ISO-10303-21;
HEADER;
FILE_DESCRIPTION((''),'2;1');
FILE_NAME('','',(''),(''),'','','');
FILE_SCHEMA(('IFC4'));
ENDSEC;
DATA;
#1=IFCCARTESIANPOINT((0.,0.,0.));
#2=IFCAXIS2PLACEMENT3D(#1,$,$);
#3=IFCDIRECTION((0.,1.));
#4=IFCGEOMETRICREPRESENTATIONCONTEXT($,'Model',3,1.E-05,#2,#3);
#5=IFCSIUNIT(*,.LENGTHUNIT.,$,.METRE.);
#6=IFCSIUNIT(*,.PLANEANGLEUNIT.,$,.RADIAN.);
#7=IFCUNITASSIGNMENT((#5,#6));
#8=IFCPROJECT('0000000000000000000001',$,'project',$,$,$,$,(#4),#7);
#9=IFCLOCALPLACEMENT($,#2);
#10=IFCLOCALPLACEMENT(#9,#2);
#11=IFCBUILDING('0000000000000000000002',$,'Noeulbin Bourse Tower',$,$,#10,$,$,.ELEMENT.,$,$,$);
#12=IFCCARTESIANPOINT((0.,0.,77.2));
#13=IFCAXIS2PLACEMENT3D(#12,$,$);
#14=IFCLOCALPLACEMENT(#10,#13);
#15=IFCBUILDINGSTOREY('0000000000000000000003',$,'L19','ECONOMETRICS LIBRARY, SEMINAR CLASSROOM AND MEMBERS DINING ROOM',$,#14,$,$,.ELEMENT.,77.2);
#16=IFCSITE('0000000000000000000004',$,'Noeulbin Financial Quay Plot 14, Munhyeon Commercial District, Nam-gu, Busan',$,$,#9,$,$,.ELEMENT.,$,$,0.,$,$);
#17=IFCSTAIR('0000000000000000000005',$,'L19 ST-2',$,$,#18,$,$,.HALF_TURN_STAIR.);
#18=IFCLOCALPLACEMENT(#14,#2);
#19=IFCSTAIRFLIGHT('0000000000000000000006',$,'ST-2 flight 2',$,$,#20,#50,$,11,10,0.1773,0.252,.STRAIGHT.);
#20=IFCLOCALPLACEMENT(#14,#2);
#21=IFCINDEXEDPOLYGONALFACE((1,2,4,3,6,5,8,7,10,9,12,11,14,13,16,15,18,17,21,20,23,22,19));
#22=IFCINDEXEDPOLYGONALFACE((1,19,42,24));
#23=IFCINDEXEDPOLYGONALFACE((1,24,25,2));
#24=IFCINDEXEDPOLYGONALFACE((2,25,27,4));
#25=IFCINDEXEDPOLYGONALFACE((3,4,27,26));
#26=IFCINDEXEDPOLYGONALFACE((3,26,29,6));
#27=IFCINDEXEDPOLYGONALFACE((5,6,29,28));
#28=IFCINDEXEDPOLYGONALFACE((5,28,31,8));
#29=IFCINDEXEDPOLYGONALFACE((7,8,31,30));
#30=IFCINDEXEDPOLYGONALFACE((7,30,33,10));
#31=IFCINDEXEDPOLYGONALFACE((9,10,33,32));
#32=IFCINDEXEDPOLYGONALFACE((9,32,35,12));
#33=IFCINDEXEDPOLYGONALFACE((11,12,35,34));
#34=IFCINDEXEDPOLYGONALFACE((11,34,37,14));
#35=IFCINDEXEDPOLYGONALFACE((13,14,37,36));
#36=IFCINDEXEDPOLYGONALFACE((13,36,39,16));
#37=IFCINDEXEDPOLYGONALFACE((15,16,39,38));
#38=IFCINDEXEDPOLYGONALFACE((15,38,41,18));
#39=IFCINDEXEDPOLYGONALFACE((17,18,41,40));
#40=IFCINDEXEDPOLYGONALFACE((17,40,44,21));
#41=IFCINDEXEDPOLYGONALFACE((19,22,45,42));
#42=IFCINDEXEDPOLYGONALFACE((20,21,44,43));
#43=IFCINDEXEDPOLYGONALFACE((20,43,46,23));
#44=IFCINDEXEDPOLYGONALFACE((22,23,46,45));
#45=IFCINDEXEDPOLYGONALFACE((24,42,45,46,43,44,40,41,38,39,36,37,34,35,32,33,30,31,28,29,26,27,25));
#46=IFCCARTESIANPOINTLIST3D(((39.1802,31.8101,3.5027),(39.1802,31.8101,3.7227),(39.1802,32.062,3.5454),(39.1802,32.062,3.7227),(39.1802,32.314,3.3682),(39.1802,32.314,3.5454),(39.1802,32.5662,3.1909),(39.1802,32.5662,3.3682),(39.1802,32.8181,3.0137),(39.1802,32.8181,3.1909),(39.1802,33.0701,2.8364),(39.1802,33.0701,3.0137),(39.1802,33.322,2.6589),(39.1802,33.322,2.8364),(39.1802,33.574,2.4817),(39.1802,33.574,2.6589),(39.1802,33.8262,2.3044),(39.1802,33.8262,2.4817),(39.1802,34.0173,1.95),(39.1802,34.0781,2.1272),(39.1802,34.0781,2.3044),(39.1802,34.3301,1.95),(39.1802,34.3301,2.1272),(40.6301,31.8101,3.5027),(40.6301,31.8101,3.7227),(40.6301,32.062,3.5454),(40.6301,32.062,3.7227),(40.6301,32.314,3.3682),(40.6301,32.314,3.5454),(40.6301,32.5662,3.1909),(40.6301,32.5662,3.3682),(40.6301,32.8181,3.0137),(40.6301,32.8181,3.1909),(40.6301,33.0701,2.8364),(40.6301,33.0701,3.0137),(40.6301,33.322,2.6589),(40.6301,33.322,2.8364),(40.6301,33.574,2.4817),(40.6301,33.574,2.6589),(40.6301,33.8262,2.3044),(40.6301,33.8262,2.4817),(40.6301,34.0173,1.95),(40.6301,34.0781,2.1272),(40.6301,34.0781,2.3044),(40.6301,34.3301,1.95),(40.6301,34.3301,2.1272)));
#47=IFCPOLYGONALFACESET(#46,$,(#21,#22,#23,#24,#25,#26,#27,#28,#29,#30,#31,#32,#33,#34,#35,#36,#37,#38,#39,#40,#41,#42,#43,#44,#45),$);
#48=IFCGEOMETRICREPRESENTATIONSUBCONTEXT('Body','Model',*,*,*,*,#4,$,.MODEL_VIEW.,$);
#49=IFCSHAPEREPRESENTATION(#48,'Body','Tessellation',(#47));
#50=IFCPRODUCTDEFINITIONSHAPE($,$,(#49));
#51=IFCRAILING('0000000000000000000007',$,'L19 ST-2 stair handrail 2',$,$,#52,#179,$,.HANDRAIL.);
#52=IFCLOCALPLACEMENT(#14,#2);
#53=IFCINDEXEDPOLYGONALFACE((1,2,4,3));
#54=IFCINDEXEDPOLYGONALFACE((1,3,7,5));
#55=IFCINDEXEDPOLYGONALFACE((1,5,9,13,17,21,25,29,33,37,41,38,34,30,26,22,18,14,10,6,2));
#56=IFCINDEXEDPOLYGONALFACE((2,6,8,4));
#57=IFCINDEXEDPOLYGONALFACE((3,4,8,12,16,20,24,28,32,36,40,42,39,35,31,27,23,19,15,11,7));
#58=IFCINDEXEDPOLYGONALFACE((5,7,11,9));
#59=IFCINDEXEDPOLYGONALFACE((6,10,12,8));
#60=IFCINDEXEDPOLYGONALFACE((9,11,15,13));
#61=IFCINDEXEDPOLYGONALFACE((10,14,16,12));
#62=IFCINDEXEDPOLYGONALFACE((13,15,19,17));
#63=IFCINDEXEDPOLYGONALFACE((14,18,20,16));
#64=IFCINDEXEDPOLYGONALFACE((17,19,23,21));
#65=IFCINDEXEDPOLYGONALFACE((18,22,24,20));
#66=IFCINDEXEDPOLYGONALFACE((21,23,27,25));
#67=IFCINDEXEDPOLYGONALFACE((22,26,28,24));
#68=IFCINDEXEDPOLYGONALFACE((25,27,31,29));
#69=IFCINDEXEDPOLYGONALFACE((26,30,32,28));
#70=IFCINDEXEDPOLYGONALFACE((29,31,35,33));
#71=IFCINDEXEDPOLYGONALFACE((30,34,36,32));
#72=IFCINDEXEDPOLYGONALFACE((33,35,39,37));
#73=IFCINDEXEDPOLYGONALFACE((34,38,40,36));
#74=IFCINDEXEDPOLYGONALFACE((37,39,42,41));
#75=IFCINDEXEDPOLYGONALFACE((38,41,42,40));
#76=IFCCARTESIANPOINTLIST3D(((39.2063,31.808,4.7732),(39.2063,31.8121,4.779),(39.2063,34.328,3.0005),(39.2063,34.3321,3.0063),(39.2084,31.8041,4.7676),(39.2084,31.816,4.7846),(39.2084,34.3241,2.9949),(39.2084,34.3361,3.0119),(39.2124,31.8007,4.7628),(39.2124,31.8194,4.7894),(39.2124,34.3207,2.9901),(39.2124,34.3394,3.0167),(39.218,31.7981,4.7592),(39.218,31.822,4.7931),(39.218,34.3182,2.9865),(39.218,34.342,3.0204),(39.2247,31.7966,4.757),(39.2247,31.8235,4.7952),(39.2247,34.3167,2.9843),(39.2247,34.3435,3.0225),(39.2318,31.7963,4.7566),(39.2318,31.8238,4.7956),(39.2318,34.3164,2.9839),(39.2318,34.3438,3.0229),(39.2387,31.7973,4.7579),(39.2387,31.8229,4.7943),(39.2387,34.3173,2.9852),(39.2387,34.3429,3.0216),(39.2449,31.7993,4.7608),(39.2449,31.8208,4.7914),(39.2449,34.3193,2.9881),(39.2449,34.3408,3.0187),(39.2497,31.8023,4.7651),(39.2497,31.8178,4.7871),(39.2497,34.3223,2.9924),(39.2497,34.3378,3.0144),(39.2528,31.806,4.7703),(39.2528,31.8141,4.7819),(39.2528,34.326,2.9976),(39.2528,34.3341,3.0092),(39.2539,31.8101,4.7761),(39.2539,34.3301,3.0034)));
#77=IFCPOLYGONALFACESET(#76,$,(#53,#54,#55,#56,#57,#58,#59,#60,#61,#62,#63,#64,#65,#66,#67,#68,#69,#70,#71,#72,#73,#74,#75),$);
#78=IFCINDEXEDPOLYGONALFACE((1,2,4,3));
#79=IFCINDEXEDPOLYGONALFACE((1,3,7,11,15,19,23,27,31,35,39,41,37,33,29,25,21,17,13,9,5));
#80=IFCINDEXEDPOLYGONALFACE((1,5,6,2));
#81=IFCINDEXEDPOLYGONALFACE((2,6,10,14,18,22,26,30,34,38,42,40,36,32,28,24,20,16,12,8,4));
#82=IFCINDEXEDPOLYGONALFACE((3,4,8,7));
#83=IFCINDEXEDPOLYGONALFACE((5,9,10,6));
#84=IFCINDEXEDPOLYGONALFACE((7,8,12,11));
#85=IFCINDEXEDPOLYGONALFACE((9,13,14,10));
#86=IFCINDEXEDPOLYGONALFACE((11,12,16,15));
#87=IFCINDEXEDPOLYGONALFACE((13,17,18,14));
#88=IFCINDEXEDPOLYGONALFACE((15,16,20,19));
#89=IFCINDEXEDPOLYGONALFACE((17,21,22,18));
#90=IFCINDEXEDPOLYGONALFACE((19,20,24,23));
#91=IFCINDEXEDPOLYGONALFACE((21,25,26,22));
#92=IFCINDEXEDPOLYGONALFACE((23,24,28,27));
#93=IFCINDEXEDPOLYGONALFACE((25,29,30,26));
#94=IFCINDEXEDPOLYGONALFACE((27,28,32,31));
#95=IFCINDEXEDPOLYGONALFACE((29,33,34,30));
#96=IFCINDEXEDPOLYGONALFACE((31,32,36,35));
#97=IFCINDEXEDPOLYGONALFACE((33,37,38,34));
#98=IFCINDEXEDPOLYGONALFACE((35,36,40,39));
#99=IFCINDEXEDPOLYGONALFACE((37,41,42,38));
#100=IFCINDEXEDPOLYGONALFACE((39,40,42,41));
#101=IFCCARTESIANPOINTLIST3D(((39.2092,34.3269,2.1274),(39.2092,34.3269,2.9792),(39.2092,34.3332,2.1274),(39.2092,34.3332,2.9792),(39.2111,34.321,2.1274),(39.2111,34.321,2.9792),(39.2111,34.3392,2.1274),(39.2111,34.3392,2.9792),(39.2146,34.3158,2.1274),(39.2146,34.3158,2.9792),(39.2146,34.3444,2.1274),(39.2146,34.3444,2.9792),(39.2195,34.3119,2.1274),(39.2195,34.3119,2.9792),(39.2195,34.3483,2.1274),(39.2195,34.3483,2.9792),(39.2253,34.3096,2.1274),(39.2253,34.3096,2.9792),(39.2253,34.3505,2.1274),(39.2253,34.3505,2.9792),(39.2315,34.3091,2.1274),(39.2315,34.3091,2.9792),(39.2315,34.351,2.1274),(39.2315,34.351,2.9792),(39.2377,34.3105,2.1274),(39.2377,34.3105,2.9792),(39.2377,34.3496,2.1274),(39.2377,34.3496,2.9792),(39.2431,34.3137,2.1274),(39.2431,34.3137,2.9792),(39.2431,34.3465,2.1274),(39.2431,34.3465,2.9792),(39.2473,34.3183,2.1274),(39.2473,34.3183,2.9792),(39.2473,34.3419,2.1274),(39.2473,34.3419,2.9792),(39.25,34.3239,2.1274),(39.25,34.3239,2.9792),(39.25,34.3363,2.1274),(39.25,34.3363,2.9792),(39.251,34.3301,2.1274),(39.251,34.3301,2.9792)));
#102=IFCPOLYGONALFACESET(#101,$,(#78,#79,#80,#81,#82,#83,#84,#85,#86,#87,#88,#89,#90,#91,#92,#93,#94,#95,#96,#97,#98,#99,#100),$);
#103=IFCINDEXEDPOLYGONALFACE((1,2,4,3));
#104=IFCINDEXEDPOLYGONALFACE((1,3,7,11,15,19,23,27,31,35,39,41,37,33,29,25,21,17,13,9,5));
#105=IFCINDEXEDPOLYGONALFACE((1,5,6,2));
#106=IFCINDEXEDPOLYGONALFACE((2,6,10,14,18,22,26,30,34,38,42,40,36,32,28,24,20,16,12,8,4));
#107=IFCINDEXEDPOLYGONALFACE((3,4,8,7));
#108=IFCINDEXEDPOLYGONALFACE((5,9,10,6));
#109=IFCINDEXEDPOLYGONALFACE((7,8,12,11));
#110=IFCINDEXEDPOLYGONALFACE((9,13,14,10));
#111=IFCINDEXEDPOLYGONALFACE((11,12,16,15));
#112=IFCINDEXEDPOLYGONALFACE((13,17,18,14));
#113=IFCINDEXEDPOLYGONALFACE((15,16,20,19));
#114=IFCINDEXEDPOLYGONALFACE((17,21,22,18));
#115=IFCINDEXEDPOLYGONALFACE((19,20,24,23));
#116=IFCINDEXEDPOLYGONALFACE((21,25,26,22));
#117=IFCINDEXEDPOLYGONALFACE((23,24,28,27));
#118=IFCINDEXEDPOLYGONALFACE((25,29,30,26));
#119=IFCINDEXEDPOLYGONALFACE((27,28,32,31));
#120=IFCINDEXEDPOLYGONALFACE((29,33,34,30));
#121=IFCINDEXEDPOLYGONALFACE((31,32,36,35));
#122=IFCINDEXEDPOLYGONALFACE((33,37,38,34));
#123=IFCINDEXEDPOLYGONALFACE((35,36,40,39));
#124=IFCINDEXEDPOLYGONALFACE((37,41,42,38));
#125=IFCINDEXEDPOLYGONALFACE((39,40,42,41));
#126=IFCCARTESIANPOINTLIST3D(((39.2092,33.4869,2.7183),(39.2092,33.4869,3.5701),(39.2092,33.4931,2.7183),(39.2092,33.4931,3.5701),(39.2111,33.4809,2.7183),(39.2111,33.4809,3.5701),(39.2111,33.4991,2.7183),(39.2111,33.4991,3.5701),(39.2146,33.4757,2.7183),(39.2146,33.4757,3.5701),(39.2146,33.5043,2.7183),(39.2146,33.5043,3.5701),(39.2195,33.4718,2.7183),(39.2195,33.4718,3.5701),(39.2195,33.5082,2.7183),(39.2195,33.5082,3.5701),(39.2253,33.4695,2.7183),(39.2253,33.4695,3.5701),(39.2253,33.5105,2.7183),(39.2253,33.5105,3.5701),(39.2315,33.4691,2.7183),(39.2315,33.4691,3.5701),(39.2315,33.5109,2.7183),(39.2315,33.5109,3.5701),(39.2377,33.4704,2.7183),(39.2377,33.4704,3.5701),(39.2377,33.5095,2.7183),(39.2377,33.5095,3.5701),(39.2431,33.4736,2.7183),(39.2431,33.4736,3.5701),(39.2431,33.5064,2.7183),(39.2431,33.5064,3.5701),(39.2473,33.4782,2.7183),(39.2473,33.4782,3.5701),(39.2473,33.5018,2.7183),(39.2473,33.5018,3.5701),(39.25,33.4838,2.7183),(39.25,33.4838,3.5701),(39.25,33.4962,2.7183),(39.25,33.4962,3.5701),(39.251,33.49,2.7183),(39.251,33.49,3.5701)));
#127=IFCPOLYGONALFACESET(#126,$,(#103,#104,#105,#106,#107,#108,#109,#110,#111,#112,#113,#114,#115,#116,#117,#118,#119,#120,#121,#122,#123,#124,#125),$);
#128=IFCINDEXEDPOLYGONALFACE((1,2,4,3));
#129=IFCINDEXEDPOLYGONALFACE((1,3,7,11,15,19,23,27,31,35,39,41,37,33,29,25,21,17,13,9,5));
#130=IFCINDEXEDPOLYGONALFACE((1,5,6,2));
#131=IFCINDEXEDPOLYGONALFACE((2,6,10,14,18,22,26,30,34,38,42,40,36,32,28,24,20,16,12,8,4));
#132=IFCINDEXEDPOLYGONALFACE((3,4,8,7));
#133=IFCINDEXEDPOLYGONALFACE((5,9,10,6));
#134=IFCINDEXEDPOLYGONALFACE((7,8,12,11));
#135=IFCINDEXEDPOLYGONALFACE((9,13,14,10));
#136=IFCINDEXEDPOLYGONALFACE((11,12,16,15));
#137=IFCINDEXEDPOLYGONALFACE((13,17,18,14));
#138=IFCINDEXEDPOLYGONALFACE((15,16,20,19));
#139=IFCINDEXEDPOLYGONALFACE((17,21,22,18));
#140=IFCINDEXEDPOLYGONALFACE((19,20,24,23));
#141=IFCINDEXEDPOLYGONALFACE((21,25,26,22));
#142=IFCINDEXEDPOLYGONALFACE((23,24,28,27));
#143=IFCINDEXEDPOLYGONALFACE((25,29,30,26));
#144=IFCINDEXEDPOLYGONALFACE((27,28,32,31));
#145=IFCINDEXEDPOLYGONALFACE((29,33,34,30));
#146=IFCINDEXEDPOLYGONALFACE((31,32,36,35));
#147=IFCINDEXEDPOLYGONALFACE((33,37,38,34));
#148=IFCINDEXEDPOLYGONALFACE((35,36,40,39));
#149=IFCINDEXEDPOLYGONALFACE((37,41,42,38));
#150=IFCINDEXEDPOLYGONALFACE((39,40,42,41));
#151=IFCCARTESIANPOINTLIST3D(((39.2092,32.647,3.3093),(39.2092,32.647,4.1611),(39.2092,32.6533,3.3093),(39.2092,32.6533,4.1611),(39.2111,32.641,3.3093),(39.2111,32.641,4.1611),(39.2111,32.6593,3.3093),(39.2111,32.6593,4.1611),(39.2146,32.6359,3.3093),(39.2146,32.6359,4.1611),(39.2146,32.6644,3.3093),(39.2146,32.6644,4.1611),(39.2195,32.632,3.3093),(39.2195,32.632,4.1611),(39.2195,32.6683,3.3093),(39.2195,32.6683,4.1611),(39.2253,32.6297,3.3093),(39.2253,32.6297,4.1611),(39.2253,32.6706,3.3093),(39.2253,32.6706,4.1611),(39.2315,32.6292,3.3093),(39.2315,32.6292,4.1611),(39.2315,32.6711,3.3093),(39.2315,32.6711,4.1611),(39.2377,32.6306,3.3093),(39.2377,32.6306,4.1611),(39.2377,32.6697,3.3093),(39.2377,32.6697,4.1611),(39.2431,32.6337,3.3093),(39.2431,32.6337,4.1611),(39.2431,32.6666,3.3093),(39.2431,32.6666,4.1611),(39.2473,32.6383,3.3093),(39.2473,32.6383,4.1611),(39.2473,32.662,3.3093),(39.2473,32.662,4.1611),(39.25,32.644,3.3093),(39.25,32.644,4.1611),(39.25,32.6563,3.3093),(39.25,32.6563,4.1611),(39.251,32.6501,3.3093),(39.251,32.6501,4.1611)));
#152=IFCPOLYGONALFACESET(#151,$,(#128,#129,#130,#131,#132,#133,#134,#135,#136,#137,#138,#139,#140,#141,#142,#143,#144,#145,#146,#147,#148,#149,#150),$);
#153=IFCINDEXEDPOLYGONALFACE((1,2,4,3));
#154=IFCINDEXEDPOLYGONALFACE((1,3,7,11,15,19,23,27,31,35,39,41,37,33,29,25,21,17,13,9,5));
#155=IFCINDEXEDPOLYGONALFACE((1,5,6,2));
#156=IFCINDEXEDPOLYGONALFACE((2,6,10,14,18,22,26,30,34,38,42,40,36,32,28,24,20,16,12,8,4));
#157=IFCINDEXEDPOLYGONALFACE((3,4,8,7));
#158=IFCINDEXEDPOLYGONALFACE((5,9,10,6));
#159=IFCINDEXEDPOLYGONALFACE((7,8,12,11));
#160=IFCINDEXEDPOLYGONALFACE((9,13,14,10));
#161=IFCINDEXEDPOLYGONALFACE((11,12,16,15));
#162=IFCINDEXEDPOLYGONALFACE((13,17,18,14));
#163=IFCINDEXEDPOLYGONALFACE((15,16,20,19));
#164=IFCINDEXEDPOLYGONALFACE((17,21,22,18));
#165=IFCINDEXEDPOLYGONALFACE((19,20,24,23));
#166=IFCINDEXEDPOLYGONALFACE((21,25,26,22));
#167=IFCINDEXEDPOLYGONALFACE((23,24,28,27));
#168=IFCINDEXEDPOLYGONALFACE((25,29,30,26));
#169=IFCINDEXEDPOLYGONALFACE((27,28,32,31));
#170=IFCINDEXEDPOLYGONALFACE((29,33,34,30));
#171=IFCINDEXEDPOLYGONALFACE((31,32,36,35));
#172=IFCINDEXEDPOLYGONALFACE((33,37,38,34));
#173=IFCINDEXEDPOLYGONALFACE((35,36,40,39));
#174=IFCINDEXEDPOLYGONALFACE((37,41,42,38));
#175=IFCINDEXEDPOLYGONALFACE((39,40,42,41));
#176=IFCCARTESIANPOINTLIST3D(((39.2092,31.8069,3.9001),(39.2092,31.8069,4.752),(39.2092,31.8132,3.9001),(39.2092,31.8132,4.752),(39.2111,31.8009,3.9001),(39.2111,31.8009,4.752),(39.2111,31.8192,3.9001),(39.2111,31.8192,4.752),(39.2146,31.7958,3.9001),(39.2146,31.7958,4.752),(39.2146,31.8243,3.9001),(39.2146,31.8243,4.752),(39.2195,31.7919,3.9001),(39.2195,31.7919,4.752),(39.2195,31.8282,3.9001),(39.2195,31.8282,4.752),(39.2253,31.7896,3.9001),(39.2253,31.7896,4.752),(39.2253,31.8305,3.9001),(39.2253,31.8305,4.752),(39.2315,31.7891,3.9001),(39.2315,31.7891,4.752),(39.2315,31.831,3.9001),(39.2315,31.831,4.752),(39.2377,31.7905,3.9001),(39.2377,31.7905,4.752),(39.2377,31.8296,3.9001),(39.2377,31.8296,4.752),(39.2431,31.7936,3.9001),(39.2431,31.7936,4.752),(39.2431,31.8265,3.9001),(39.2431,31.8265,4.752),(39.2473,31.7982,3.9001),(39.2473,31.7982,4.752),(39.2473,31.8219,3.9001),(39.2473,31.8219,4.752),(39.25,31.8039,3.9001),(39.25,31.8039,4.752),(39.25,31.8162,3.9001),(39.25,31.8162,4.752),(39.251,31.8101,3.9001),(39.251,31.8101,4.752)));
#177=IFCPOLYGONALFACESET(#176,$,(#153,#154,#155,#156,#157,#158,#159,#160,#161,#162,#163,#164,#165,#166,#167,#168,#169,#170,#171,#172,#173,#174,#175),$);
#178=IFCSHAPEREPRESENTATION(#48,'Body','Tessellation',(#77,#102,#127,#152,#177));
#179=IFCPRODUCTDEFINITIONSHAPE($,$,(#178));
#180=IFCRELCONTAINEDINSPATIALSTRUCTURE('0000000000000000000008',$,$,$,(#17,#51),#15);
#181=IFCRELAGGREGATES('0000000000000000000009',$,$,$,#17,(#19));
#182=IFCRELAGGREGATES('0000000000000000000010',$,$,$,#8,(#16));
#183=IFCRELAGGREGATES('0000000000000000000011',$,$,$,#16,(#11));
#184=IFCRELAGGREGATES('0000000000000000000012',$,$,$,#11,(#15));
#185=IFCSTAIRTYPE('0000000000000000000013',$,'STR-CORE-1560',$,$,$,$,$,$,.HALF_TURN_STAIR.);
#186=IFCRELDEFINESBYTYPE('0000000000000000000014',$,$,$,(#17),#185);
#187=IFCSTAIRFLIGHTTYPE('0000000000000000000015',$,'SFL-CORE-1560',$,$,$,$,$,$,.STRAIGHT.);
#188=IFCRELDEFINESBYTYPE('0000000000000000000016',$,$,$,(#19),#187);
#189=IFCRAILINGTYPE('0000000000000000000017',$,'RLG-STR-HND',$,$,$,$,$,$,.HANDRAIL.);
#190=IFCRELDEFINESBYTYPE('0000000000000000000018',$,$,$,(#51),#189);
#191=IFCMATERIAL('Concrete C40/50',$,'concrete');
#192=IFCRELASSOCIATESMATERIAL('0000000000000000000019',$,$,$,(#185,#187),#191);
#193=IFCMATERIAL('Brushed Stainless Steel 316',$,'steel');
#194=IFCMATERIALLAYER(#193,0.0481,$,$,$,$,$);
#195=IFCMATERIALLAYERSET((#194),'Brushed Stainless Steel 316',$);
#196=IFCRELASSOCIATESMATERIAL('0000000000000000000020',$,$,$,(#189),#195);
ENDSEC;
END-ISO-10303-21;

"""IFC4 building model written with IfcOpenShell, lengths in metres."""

from ifc_helpers import new_model, si_unit, direction, frame, origin, origin_2d, place, context, subcontext, project, spatial, polyline, circle, outline, extrude, material, layer, layer_set, type_object, element, aggregate, save


model = new_model("IFC4")

# Units and contexts
model_context = context("Model", 3, precision=1e-05, world=origin(), true_north=direction((0.0, 1.0)))
body_context = subcontext(model_context, "Body", "Model", "MODEL_VIEW")
ifc_project = project(units=[si_unit("LENGTHUNIT", "METRE"), si_unit("PLANEANGLEUNIT", "RADIAN")], contexts=[model_context])

# Site, building, storey
site_placement = place(None, origin())
site = spatial("IfcSite", under=ifc_project, at=site_placement, Name="Noeulbin Financial Quay Plot 14, Munhyeon Commercial District, Nam-gu, Busan", CompositionType="ELEMENT", RefElevation=0.0)
building_placement = place(site_placement, origin())
building = spatial("IfcBuilding", under=site, at=building_placement, Name="Noeulbin Bourse Tower", CompositionType="ELEMENT")
storey_placement = place(building_placement, frame((0.0, 0.0, 77.2)))
storey = spatial("IfcBuildingStorey", under=building, at=storey_placement, Name="L19", Description="ECONOMETRICS LIBRARY, SEMINAR CLASSROOM AND MEMBERS DINING ROOM", CompositionType="ELEMENT", Elevation=77.2)

# Shared definitions
ifc_material_1 = material(Name="Concrete C40/50", Category="concrete")

# Shared definitions
ifc_material_2 = material(Name="Brushed Stainless Steel 316", Category="steel")

# Stair, stair flight
stair_type = type_object("IfcStairType", Name="STR-CORE-1560", PredefinedType="HALF_TURN_STAIR", material=ifc_material_1)
stair_placement = place(storey_placement, origin())
stair = element("IfcStair", 1, at=stair_placement, inside=storey, type_object=stair_type, Name="L19 ST-2", PredefinedType="HALF_TURN_STAIR")
stair_flight_type = type_object("IfcStairFlightType", Name="SFL-CORE-1560", PredefinedType="STRAIGHT", material=ifc_material_1)
stair_flight_placement = place(storey_placement, frame((39.905, 34.3301, 1.95), z_axis=(0.0, 0.0, 1.0), x_axis=(0.0, -1.0, 0.0)))
stair_flight = element("IfcStairFlight", 2, at=stair_flight_placement, type_object=stair_flight_type, Name="ST-2 flight 2", NumberOfRisers=11, NumberOfTreads=10, PredefinedType="STRAIGHT", RiserHeight=0.1773, TreadLength=0.252, context=body_context, shape_type="SweptSolid", body=[
    extrude(outline(polyline([(0.0, 0.0), (0.0, 0.1772), (0.252, 0.1772), (0.252, 0.3545), (0.5039, 0.3545), (0.5039, 0.5317), (0.7561, 0.5317), (0.7561, 0.709), (1.0081, 0.709), (1.0081, 0.8865), (1.26, 0.8865), (1.26, 1.0637), (1.512, 1.0637), (1.512, 1.241), (1.7639, 1.241), (1.7639, 1.4182), (2.0161, 1.4182), (2.0161, 1.5955), (2.2681, 1.5955), (2.2681, 1.7727), (2.52, 1.7727), (2.52, 1.95), (2.52, 1.5527), (0.3127, 0.0), (0.0, 0.0)])), frame((0.0, 0.7251, 0.0), z_axis=(0.0, -1.0, 0.0), x_axis=(1.0, 0.0, 0.0)), (0.0, 0.0, 1.0), 1.45),
])
aggregate(stair, [stair_flight])

# Railing
ifc_layer_1 = layer(ifc_material_2, 0.0481)
ifc_layer_set_1 = layer_set([ifc_layer_1], Name="Brushed Stainless Steel 316")
railing_type = type_object("IfcRailingType", Name="RLG-STR-HND", PredefinedType="HANDRAIL", material=ifc_layer_set_1)
railing_placement = place(storey_placement, frame((39.23, 34.3301, 2.1274)))
element("IfcRailing", 3, at=railing_placement, inside=storey, type_object=railing_type, Name="L19 ST-2 stair handrail 2", PredefinedType="HANDRAIL", context=body_context, shape_type="SweptSolid", body=[
    extrude(circle(Radius=0.0239, at=origin_2d()), frame((0.0, 0.0, 0.876), z_axis=(0.0, -0.817904, 0.575354), x_axis=(1.0, 0.0, 0.0)), (0.0, 0.0, 1.0), 3.0811),
    extrude(circle(Radius=0.021, at=origin_2d()), origin(), (0.0, 0.0, 1.0), 0.8518),
    extrude(circle(Radius=0.021, at=origin_2d()), frame((0.0, -0.8401, 0.5908)), (0.0, 0.0, 1.0), 0.8518),
    extrude(circle(Radius=0.021, at=origin_2d()), frame((0.0, -1.6799, 1.1819)), (0.0, 0.0, 1.0), 0.8518),
    extrude(circle(Radius=0.021, at=origin_2d()), frame((0.0, -2.52, 1.7727)), (0.0, 0.0, 1.0), 0.8518),
])

save(model, "model.ifc")
